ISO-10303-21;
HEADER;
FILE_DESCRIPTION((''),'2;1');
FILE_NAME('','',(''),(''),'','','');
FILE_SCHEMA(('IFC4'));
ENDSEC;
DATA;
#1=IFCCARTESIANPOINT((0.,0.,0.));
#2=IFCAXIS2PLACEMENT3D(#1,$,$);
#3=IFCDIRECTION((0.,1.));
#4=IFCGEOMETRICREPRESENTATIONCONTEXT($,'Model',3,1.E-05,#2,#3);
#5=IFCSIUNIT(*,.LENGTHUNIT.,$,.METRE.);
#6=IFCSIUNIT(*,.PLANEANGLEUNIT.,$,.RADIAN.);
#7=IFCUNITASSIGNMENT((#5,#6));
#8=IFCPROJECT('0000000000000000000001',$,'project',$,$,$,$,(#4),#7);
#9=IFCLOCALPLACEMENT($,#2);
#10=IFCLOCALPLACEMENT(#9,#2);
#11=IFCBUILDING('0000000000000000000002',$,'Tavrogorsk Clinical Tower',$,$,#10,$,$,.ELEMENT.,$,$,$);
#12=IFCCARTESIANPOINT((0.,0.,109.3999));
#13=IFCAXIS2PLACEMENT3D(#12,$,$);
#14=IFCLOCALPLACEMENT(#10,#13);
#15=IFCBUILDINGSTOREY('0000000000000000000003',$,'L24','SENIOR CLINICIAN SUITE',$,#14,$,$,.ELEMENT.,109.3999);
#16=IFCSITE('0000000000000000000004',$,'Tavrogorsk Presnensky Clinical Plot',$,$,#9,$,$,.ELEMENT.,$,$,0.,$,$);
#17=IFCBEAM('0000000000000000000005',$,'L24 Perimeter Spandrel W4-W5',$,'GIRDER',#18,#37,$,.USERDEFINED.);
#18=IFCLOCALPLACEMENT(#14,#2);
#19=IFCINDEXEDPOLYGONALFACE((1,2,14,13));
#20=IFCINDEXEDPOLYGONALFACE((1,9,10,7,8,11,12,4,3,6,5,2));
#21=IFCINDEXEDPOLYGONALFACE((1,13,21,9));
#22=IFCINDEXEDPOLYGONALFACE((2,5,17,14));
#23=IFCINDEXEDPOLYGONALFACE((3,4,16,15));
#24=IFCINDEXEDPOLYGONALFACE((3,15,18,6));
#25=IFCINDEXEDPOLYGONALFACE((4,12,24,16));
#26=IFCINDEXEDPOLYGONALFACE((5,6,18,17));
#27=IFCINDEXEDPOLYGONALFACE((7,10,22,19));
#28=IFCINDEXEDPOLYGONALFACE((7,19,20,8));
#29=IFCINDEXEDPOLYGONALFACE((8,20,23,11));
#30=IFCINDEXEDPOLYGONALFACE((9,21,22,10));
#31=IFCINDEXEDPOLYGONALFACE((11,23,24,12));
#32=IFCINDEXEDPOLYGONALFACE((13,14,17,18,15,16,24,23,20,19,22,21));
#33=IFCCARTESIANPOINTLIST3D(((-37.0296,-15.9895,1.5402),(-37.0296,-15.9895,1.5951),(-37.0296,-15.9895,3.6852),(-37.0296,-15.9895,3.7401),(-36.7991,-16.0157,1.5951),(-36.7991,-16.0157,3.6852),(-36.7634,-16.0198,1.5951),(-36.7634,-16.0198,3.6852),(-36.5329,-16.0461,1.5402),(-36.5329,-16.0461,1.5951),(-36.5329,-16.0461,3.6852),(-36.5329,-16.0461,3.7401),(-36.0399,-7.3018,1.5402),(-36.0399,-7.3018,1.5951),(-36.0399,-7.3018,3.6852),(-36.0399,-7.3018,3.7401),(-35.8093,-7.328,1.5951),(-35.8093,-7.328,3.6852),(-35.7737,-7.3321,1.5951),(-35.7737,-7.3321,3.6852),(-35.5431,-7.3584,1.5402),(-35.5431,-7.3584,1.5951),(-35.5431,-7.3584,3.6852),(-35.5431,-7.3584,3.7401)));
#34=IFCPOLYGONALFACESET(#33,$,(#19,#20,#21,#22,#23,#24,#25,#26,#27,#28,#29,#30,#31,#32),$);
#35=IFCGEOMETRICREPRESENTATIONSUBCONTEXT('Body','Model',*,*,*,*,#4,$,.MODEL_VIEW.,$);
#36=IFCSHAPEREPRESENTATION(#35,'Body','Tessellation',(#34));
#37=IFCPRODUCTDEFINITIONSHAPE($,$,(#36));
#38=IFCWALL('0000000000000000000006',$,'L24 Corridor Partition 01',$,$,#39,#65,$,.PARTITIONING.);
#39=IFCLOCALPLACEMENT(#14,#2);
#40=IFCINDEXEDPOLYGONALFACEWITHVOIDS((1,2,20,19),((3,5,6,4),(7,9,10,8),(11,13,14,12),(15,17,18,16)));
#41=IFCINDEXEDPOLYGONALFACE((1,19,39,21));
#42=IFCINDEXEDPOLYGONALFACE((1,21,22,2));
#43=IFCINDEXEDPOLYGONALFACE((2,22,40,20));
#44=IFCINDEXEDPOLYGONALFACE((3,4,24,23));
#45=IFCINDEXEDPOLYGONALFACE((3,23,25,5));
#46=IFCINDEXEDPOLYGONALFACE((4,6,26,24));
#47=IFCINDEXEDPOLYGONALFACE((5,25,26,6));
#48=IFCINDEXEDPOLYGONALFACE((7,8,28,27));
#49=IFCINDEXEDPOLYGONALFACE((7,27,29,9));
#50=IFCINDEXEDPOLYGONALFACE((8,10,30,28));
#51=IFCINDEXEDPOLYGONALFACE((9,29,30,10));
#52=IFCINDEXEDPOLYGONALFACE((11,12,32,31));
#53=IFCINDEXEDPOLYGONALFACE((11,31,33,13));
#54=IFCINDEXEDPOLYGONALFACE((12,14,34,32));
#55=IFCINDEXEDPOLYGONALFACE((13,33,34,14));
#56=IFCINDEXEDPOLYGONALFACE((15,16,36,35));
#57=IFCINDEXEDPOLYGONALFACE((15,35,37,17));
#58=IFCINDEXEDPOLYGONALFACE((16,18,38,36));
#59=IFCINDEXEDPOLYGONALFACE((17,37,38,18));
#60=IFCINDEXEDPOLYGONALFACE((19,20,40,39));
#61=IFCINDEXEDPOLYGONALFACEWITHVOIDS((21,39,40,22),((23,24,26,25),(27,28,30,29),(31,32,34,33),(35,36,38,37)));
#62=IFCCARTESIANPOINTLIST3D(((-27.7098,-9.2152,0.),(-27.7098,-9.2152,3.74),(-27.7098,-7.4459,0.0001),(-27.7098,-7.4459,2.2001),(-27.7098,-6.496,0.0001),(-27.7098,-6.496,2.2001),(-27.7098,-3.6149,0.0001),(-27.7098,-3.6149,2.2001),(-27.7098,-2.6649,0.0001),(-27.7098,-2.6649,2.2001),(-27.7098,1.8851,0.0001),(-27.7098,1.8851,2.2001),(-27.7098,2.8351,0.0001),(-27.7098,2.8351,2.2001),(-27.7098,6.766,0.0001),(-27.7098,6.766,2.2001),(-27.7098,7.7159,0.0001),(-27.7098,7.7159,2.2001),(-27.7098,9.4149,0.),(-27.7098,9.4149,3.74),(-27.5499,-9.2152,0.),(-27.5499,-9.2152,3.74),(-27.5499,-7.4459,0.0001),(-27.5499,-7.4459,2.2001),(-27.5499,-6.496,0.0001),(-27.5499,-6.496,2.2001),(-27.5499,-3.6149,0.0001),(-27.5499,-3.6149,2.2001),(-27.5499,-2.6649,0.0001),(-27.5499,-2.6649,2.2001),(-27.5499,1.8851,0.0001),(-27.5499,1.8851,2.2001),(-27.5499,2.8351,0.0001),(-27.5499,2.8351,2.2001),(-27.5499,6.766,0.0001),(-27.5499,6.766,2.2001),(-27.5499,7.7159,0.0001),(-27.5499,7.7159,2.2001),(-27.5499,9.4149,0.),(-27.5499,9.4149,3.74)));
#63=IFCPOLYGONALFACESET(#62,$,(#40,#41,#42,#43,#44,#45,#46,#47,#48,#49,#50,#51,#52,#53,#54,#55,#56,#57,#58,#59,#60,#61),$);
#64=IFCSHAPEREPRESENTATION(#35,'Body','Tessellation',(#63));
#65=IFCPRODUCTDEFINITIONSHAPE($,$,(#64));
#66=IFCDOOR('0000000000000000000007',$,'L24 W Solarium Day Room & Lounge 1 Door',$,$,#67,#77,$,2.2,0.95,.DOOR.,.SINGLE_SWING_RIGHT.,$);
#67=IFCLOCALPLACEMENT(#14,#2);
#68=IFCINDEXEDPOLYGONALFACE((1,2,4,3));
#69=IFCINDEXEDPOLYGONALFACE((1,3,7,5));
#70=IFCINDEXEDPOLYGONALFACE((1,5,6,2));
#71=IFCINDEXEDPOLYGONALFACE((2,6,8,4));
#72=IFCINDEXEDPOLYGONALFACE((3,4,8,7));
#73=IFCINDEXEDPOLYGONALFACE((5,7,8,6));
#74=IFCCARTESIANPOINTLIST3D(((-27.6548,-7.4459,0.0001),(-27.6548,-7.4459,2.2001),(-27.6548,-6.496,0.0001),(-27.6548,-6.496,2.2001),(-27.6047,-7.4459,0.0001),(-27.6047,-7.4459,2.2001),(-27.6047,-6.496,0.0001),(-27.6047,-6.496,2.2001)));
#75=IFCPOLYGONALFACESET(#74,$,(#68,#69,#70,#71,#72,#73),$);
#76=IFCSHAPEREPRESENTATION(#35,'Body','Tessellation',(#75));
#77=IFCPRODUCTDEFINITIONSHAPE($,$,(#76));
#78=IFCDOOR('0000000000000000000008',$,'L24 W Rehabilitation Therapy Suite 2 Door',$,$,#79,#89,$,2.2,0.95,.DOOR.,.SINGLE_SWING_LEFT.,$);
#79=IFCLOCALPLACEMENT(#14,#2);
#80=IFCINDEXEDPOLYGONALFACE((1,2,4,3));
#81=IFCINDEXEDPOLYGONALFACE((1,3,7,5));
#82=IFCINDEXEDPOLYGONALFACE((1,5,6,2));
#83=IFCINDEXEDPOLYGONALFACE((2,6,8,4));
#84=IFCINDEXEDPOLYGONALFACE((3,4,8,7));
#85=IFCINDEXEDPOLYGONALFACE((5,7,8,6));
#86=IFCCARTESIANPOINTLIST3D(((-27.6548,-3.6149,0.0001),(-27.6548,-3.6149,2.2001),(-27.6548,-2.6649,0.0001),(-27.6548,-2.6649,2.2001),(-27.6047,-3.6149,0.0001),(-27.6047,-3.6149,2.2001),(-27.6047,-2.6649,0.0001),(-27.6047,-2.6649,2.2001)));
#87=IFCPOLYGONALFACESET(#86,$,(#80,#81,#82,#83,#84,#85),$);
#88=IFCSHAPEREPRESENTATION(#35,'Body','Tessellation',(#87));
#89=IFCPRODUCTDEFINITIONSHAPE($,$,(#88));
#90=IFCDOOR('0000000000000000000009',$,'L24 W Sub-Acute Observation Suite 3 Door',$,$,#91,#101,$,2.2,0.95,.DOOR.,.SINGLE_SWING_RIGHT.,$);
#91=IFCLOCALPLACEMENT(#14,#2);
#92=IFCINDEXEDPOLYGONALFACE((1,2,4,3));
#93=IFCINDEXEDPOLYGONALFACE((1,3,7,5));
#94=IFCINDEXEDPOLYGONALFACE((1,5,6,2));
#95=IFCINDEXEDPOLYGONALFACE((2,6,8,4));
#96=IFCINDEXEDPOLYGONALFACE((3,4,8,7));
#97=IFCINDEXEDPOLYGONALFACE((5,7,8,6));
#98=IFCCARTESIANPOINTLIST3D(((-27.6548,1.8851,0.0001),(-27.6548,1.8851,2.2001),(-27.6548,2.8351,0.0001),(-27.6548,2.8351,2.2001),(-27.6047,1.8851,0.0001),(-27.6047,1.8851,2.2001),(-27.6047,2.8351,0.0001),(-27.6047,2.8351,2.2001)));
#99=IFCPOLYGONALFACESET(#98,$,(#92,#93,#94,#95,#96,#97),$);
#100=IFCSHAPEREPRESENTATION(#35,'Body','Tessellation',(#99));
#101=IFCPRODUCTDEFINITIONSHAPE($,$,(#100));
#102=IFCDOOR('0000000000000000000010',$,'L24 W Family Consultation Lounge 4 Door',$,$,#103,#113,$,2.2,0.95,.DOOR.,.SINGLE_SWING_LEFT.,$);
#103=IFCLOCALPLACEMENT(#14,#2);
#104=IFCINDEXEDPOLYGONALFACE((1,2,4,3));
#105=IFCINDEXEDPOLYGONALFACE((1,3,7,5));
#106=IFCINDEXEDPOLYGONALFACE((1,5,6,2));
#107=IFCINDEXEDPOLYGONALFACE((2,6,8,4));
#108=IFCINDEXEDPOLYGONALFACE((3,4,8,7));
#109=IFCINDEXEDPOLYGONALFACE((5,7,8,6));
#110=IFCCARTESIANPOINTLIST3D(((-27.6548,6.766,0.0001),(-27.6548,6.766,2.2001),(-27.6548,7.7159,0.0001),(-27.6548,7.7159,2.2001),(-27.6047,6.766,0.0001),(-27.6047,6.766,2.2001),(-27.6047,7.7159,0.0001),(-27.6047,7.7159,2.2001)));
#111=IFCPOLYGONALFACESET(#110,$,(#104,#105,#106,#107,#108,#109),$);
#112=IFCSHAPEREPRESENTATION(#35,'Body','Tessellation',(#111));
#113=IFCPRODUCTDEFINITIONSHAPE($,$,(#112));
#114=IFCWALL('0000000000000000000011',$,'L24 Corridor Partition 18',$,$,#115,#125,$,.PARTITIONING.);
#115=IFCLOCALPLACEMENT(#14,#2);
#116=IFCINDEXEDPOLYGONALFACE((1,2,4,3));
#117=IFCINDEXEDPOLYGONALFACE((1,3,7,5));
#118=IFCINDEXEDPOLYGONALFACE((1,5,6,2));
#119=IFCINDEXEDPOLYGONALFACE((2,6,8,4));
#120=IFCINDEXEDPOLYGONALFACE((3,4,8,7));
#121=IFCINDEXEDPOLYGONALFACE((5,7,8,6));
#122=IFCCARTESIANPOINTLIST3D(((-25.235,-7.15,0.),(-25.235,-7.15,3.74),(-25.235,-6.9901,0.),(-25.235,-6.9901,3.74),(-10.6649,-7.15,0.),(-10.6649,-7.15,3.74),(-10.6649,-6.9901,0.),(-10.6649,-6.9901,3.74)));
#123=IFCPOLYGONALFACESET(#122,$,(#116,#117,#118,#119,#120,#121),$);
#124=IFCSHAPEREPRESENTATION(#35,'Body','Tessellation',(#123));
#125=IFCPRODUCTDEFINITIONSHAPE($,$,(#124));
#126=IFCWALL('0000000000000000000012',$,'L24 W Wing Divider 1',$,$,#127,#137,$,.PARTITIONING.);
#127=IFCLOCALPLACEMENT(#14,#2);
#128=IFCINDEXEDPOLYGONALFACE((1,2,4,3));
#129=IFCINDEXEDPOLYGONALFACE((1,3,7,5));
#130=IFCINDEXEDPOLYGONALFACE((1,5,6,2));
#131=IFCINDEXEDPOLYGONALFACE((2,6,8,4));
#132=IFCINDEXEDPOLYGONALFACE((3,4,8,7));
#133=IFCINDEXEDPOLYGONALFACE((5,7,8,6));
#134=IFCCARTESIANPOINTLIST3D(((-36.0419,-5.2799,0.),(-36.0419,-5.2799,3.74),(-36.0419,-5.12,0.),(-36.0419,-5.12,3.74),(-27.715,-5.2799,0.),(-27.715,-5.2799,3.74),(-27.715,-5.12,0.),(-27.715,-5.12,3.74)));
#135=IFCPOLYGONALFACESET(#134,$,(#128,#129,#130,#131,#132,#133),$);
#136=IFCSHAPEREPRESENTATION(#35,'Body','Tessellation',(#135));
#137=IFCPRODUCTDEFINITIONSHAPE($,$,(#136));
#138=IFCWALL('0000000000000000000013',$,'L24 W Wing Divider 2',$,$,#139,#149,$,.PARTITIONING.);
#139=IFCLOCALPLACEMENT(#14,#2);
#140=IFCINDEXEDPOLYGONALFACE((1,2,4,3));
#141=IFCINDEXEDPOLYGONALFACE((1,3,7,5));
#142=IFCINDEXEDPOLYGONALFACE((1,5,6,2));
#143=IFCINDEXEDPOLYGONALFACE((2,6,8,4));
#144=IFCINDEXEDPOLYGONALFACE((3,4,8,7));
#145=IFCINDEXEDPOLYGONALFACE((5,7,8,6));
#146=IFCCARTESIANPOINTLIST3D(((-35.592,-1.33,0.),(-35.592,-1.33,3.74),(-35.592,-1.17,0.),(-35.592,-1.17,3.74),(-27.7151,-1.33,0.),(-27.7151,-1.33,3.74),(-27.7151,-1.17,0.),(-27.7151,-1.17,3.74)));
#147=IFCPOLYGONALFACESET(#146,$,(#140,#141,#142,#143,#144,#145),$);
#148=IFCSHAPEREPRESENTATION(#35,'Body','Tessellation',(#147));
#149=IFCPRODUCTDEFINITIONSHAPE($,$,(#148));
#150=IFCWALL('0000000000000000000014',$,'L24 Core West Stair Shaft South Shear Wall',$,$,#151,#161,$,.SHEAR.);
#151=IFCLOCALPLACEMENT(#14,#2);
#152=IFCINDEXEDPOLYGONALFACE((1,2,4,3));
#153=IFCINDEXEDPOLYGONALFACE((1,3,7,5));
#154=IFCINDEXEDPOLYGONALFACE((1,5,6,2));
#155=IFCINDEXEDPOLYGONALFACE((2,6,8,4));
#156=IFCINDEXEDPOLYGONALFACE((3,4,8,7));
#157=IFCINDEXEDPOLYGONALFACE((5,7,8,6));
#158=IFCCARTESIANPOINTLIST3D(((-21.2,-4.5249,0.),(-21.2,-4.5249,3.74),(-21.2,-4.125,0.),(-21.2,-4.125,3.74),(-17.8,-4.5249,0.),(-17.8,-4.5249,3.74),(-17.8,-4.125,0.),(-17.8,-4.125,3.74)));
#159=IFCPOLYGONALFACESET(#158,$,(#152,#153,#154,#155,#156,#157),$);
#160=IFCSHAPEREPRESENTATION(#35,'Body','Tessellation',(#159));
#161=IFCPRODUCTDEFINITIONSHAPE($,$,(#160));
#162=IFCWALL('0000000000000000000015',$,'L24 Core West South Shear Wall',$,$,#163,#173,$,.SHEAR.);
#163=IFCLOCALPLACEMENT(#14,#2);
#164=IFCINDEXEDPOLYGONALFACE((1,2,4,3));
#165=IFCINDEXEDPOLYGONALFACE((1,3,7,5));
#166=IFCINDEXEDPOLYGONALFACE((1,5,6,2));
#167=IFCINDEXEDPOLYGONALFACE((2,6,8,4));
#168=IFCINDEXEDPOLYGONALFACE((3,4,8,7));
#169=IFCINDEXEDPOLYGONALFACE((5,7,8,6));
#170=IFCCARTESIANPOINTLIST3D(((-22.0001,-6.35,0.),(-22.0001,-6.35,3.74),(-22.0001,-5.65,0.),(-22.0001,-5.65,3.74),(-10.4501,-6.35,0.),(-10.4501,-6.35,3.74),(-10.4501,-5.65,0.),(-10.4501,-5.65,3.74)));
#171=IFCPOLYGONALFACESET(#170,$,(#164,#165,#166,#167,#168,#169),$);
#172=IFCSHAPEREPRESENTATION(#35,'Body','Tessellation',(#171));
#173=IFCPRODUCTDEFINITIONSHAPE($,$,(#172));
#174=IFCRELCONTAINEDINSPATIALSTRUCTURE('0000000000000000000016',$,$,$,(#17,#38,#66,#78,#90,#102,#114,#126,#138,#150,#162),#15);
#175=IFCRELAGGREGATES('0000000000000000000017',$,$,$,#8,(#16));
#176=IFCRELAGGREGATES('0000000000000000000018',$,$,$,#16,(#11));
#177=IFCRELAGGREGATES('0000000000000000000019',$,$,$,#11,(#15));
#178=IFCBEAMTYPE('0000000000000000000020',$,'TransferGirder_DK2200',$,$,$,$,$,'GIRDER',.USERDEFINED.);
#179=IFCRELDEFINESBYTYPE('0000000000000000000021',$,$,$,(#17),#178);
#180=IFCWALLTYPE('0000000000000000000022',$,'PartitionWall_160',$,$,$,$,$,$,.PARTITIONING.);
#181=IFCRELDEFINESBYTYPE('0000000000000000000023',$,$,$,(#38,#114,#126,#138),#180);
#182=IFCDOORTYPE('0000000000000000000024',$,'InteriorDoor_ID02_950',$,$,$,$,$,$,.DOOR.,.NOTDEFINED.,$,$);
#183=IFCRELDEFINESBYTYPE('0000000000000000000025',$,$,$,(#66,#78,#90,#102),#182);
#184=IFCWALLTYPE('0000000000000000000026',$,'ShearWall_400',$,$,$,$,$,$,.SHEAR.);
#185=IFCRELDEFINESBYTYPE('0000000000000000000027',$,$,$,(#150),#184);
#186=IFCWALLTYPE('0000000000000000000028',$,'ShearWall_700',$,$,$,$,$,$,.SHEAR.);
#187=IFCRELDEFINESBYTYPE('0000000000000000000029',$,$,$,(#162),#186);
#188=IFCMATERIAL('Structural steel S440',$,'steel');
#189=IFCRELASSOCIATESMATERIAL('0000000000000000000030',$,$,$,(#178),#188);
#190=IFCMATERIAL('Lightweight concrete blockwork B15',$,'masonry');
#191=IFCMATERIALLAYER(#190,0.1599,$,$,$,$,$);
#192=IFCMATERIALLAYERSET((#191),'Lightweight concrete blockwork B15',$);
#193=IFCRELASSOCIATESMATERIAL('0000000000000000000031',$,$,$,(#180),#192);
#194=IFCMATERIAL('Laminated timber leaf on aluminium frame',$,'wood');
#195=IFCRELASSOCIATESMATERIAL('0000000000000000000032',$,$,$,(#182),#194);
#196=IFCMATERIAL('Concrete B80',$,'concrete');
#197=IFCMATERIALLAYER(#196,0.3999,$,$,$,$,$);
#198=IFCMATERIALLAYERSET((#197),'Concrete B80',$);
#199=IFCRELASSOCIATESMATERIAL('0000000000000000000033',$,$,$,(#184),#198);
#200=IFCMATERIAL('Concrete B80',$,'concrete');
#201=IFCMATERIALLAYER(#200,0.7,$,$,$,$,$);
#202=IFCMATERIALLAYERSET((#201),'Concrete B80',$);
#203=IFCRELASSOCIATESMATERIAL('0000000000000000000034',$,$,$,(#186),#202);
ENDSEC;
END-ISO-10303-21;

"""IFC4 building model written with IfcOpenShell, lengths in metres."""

from ifc_helpers import new_model, si_unit, direction, frame, frame_2d, origin, origin_2d, place, context, subcontext, project, spatial, rectangle, i_section, extrude, material, layer, layer_set, material_profile, profile_set, type_object, element, fill, save


model = new_model("IFC4")

# Units and contexts
model_context = context("Model", 3, precision=1e-05, world=origin(), true_north=direction((0.0, 1.0)))
body_context = subcontext(model_context, "Body", "Model", "MODEL_VIEW")
ifc_project = project(units=[si_unit("LENGTHUNIT", "METRE"), si_unit("PLANEANGLEUNIT", "RADIAN")], contexts=[model_context])

# Site, building, storey
site_placement = place(None, origin())
site = spatial("IfcSite", under=ifc_project, at=site_placement, Name="Tavrogorsk Presnensky Clinical Plot", CompositionType="ELEMENT", RefElevation=0.0)
building_placement = place(site_placement, origin())
building = spatial("IfcBuilding", under=site, at=building_placement, Name="Tavrogorsk Clinical Tower", CompositionType="ELEMENT")
storey_placement = place(building_placement, frame((0.0, 0.0, 109.3999)))
storey = spatial("IfcBuildingStorey", under=building, at=storey_placement, Name="L24", Description="SENIOR CLINICIAN SUITE", CompositionType="ELEMENT", Elevation=109.3999)

# Beam
ifc_material_1 = material(Name="Structural steel S440", Category="steel")
ifc_material_profile_1 = material_profile(ifc_material_1, i_section(OverallWidth=0.5, OverallDepth=2.2, WebThickness=0.0359, FlangeThickness=0.0549, at=origin_2d()), Name="DK-2200x500x36x55")
ifc_profile_set_1 = profile_set([ifc_material_profile_1], Name="Structural steel S440")
beam_type_1 = type_object("IfcBeamType", Name="TransferGirder_DK2200", ElementType="GIRDER", PredefinedType="USERDEFINED", material=ifc_profile_set_1)
beam_1_placement = place(storey_placement, frame((-35.7915, -7.3301, 2.6401), z_axis=(-0.113192, -0.993573, 0.0), x_axis=(0.993573, -0.113192, 0.0)))
element("IfcBeam", 1, at=beam_1_placement, inside=storey, type_object=beam_type_1, Name="L24 Perimeter Spandrel W4-W5", ObjectType="GIRDER", PredefinedType="USERDEFINED", context=body_context, shape_type="SweptSolid", body=[
    extrude(i_section(OverallWidth=0.5, OverallDepth=2.2, WebThickness=0.0359, FlangeThickness=0.0549, at=origin_2d()), origin(), (0.0, 0.0, 1.0), 8.7439),
])

# Wall, openings, doors
ifc_material_2 = material(Name="Lightweight concrete blockwork B15", Category="masonry")
ifc_layer_1 = layer(ifc_material_2, 0.1599)
ifc_layer_set_1 = layer_set([ifc_layer_1], Name="Lightweight concrete blockwork B15")
wall_type_1 = type_object("IfcWallType", Name="PartitionWall_160", PredefinedType="PARTITIONING", material=ifc_layer_set_1)
wall_1_placement = place(storey_placement, frame((-27.6299, -9.2151, 0.0), z_axis=(0.0, 0.0, 1.0), x_axis=(0.0, 1.0, 0.0)))
wall_1 = element("IfcWall", 2, at=wall_1_placement, inside=storey, type_object=wall_type_1, Name="L24 Corridor Partition 01", PredefinedType="PARTITIONING", context=body_context, shape_type="SweptSolid", body=[
    extrude(rectangle(XDim=18.6301, YDim=0.1599, at=frame_2d((9.3149, 0.0))), origin(), (0.0, 0.0, 1.0), 3.74),
])
opening_1_placement = place(wall_1_placement, frame((1.769, 0.0, 0.0)))
opening_1 = element("IfcOpeningElement", 3, at=opening_1_placement, cuts=wall_1, PredefinedType="OPENING", context=body_context, shape_type="SweptSolid", body=[
    extrude(rectangle(XDim=0.95, YDim=2.2, at=frame_2d((0.4751, 1.1001))), frame((0.0, 0.0898, 0.0), z_axis=(0.0, -1.0, 0.0), x_axis=(1.0, 0.0, 0.0)), (0.0, 0.0, 1.0), 0.1799),
])
opening_2_placement = place(wall_1_placement, frame((5.6001, 0.0, 0.0)))
opening_2 = element("IfcOpeningElement", 4, at=opening_2_placement, cuts=wall_1, PredefinedType="OPENING", context=body_context, shape_type="SweptSolid", body=[
    extrude(rectangle(XDim=0.95, YDim=2.2, at=frame_2d((0.4751, 1.1001))), frame((0.0, 0.0898, 0.0), z_axis=(0.0, -1.0, 0.0), x_axis=(1.0, 0.0, 0.0)), (0.0, 0.0, 1.0), 0.1799),
])
opening_3_placement = place(wall_1_placement, frame((11.1001, 0.0, 0.0)))
opening_3 = element("IfcOpeningElement", 5, at=opening_3_placement, cuts=wall_1, PredefinedType="OPENING", context=body_context, shape_type="SweptSolid", body=[
    extrude(rectangle(XDim=0.95, YDim=2.2, at=frame_2d((0.4751, 1.1001))), frame((0.0, 0.0898, 0.0), z_axis=(0.0, -1.0, 0.0), x_axis=(1.0, 0.0, 0.0)), (0.0, 0.0, 1.0), 0.1799),
])
opening_4_placement = place(wall_1_placement, frame((15.981, 0.0, 0.0)))
opening_4 = element("IfcOpeningElement", 6, at=opening_4_placement, cuts=wall_1, PredefinedType="OPENING", context=body_context, shape_type="SweptSolid", body=[
    extrude(rectangle(XDim=0.95, YDim=2.2, at=frame_2d((0.4751, 1.1001))), frame((0.0, 0.0898, 0.0), z_axis=(0.0, -1.0, 0.0), x_axis=(1.0, 0.0, 0.0)), (0.0, 0.0, 1.0), 0.1799),
])
ifc_material_3 = material(Name="Laminated timber leaf on aluminium frame", Category="wood")
door_type = type_object("IfcDoorType", Name="InteriorDoor_ID02_950", OperationType="NOTDEFINED", PredefinedType="DOOR", material=ifc_material_3)
door_1_placement = place(opening_1_placement, origin())
door_1 = element("IfcDoor", 7, at=door_1_placement, inside=storey, type_object=door_type, Name="L24 W Solarium Day Room & Lounge 1 Door", OperationType="SINGLE_SWING_RIGHT", OverallHeight=2.2, OverallWidth=0.95, PredefinedType="DOOR", context=body_context, shape_type="SweptSolid", body=[
    extrude(rectangle(XDim=0.95, YDim=2.2, at=frame_2d((0.4751, 1.1001))), frame((0.0, 0.0249, 0.0), z_axis=(0.0, -1.0, 0.0), x_axis=(1.0, 0.0, 0.0)), (0.0, 0.0, 1.0), 0.05),
])
fill(opening_1, door_1)
door_2_placement = place(opening_2_placement, origin())
door_2 = element("IfcDoor", 8, at=door_2_placement, inside=storey, type_object=door_type, Name="L24 W Rehabilitation Therapy Suite 2 Door", OperationType="SINGLE_SWING_LEFT", OverallHeight=2.2, OverallWidth=0.95, PredefinedType="DOOR", context=body_context, shape_type="SweptSolid", body=[
    extrude(rectangle(XDim=0.95, YDim=2.2, at=frame_2d((0.4751, 1.1001))), frame((0.0, 0.0249, 0.0), z_axis=(0.0, -1.0, 0.0), x_axis=(1.0, 0.0, 0.0)), (0.0, 0.0, 1.0), 0.05),
])
fill(opening_2, door_2)
door_3_placement = place(opening_3_placement, origin())
door_3 = element("IfcDoor", 9, at=door_3_placement, inside=storey, type_object=door_type, Name="L24 W Sub-Acute Observation Suite 3 Door", OperationType="SINGLE_SWING_RIGHT", OverallHeight=2.2, OverallWidth=0.95, PredefinedType="DOOR", context=body_context, shape_type="SweptSolid", body=[
    extrude(rectangle(XDim=0.95, YDim=2.2, at=frame_2d((0.4751, 1.1001))), frame((0.0, 0.0249, 0.0), z_axis=(0.0, -1.0, 0.0), x_axis=(1.0, 0.0, 0.0)), (0.0, 0.0, 1.0), 0.05),
])
fill(opening_3, door_3)
door_4_placement = place(opening_4_placement, origin())
door_4 = element("IfcDoor", 10, at=door_4_placement, inside=storey, type_object=door_type, Name="L24 W Family Consultation Lounge 4 Door", OperationType="SINGLE_SWING_LEFT", OverallHeight=2.2, OverallWidth=0.95, PredefinedType="DOOR", context=body_context, shape_type="SweptSolid", body=[
    extrude(rectangle(XDim=0.95, YDim=2.2, at=frame_2d((0.4751, 1.1001))), frame((0.0, 0.0249, 0.0), z_axis=(0.0, -1.0, 0.0), x_axis=(1.0, 0.0, 0.0)), (0.0, 0.0, 1.0), 0.05),
])
fill(opening_4, door_4)

# Walls
wall_2_placement = place(storey_placement, frame((-25.2351, -7.0701, 0.0), z_axis=(0.0, 0.0, 1.0), x_axis=(1.0, 0.0, 0.0)))
element("IfcWall", 11, at=wall_2_placement, inside=storey, type_object=wall_type_1, Name="L24 Corridor Partition 18", PredefinedType="PARTITIONING", context=body_context, shape_type="SweptSolid", body=[
    extrude(rectangle(XDim=14.5701, YDim=0.1599, at=frame_2d((7.2852, 0.0))), origin(), (0.0, 0.0, 1.0), 3.74),
])
wall_3_placement = place(storey_placement, frame((-36.042, -5.2, 0.0), z_axis=(0.0, 0.0, 1.0), x_axis=(1.0, 0.0, 0.0)))
element("IfcWall", 12, at=wall_3_placement, inside=storey, type_object=wall_type_1, Name="L24 W Wing Divider 1", PredefinedType="PARTITIONING", context=body_context, shape_type="SweptSolid", body=[
    extrude(rectangle(XDim=8.3269, YDim=0.1599, at=frame_2d((4.1636, 0.0))), origin(), (0.0, 0.0, 1.0), 3.74),
])
wall_4_placement = place(storey_placement, frame((-35.592, -1.25, 0.0), z_axis=(0.0, 0.0, 1.0), x_axis=(1.0, 0.0, 0.0)))
element("IfcWall", 13, at=wall_4_placement, inside=storey, type_object=wall_type_1, Name="L24 W Wing Divider 2", PredefinedType="PARTITIONING", context=body_context, shape_type="SweptSolid", body=[
    extrude(rectangle(XDim=7.877, YDim=0.1599, at=frame_2d((3.9385, 0.0))), origin(), (0.0, 0.0, 1.0), 3.74),
])
ifc_material_4 = material(Name="Concrete B80", Category="concrete")
ifc_layer_2 = layer(ifc_material_4, 0.3999)
ifc_layer_set_2 = layer_set([ifc_layer_2], Name="Concrete B80")
wall_type_2 = type_object("IfcWallType", Name="ShearWall_400", PredefinedType="SHEAR", material=ifc_layer_set_2)
wall_5_placement = place(storey_placement, frame((-21.2, -4.325, 0.0), z_axis=(0.0, 0.0, 1.0), x_axis=(1.0, 0.0, 0.0)))
element("IfcWall", 14, at=wall_5_placement, inside=storey, type_object=wall_type_2, Name="L24 Core West Stair Shaft South Shear Wall", PredefinedType="SHEAR", context=body_context, shape_type="SweptSolid", body=[
    extrude(rectangle(XDim=3.3999, YDim=0.3999, at=frame_2d((1.7, 0.0))), origin(), (0.0, 0.0, 1.0), 3.74),
])
ifc_material_5 = material(Name="Concrete B80", Category="concrete")
ifc_layer_3 = layer(ifc_material_5, 0.7)
ifc_layer_set_3 = layer_set([ifc_layer_3], Name="Concrete B80")
wall_type_3 = type_object("IfcWallType", Name="ShearWall_700", PredefinedType="SHEAR", material=ifc_layer_set_3)
wall_6_placement = place(storey_placement, frame((-22.0, -6.0, 0.0), z_axis=(0.0, 0.0, 1.0), x_axis=(1.0, 0.0, 0.0)))
element("IfcWall", 15, at=wall_6_placement, inside=storey, type_object=wall_type_3, Name="L24 Core West South Shear Wall", PredefinedType="SHEAR", context=body_context, shape_type="SweptSolid", body=[
    extrude(rectangle(XDim=11.55, YDim=0.7, at=frame_2d((5.7749, 0.0))), origin(), (0.0, 0.0, 1.0), 3.74),
])

save(model, "model.ifc")
